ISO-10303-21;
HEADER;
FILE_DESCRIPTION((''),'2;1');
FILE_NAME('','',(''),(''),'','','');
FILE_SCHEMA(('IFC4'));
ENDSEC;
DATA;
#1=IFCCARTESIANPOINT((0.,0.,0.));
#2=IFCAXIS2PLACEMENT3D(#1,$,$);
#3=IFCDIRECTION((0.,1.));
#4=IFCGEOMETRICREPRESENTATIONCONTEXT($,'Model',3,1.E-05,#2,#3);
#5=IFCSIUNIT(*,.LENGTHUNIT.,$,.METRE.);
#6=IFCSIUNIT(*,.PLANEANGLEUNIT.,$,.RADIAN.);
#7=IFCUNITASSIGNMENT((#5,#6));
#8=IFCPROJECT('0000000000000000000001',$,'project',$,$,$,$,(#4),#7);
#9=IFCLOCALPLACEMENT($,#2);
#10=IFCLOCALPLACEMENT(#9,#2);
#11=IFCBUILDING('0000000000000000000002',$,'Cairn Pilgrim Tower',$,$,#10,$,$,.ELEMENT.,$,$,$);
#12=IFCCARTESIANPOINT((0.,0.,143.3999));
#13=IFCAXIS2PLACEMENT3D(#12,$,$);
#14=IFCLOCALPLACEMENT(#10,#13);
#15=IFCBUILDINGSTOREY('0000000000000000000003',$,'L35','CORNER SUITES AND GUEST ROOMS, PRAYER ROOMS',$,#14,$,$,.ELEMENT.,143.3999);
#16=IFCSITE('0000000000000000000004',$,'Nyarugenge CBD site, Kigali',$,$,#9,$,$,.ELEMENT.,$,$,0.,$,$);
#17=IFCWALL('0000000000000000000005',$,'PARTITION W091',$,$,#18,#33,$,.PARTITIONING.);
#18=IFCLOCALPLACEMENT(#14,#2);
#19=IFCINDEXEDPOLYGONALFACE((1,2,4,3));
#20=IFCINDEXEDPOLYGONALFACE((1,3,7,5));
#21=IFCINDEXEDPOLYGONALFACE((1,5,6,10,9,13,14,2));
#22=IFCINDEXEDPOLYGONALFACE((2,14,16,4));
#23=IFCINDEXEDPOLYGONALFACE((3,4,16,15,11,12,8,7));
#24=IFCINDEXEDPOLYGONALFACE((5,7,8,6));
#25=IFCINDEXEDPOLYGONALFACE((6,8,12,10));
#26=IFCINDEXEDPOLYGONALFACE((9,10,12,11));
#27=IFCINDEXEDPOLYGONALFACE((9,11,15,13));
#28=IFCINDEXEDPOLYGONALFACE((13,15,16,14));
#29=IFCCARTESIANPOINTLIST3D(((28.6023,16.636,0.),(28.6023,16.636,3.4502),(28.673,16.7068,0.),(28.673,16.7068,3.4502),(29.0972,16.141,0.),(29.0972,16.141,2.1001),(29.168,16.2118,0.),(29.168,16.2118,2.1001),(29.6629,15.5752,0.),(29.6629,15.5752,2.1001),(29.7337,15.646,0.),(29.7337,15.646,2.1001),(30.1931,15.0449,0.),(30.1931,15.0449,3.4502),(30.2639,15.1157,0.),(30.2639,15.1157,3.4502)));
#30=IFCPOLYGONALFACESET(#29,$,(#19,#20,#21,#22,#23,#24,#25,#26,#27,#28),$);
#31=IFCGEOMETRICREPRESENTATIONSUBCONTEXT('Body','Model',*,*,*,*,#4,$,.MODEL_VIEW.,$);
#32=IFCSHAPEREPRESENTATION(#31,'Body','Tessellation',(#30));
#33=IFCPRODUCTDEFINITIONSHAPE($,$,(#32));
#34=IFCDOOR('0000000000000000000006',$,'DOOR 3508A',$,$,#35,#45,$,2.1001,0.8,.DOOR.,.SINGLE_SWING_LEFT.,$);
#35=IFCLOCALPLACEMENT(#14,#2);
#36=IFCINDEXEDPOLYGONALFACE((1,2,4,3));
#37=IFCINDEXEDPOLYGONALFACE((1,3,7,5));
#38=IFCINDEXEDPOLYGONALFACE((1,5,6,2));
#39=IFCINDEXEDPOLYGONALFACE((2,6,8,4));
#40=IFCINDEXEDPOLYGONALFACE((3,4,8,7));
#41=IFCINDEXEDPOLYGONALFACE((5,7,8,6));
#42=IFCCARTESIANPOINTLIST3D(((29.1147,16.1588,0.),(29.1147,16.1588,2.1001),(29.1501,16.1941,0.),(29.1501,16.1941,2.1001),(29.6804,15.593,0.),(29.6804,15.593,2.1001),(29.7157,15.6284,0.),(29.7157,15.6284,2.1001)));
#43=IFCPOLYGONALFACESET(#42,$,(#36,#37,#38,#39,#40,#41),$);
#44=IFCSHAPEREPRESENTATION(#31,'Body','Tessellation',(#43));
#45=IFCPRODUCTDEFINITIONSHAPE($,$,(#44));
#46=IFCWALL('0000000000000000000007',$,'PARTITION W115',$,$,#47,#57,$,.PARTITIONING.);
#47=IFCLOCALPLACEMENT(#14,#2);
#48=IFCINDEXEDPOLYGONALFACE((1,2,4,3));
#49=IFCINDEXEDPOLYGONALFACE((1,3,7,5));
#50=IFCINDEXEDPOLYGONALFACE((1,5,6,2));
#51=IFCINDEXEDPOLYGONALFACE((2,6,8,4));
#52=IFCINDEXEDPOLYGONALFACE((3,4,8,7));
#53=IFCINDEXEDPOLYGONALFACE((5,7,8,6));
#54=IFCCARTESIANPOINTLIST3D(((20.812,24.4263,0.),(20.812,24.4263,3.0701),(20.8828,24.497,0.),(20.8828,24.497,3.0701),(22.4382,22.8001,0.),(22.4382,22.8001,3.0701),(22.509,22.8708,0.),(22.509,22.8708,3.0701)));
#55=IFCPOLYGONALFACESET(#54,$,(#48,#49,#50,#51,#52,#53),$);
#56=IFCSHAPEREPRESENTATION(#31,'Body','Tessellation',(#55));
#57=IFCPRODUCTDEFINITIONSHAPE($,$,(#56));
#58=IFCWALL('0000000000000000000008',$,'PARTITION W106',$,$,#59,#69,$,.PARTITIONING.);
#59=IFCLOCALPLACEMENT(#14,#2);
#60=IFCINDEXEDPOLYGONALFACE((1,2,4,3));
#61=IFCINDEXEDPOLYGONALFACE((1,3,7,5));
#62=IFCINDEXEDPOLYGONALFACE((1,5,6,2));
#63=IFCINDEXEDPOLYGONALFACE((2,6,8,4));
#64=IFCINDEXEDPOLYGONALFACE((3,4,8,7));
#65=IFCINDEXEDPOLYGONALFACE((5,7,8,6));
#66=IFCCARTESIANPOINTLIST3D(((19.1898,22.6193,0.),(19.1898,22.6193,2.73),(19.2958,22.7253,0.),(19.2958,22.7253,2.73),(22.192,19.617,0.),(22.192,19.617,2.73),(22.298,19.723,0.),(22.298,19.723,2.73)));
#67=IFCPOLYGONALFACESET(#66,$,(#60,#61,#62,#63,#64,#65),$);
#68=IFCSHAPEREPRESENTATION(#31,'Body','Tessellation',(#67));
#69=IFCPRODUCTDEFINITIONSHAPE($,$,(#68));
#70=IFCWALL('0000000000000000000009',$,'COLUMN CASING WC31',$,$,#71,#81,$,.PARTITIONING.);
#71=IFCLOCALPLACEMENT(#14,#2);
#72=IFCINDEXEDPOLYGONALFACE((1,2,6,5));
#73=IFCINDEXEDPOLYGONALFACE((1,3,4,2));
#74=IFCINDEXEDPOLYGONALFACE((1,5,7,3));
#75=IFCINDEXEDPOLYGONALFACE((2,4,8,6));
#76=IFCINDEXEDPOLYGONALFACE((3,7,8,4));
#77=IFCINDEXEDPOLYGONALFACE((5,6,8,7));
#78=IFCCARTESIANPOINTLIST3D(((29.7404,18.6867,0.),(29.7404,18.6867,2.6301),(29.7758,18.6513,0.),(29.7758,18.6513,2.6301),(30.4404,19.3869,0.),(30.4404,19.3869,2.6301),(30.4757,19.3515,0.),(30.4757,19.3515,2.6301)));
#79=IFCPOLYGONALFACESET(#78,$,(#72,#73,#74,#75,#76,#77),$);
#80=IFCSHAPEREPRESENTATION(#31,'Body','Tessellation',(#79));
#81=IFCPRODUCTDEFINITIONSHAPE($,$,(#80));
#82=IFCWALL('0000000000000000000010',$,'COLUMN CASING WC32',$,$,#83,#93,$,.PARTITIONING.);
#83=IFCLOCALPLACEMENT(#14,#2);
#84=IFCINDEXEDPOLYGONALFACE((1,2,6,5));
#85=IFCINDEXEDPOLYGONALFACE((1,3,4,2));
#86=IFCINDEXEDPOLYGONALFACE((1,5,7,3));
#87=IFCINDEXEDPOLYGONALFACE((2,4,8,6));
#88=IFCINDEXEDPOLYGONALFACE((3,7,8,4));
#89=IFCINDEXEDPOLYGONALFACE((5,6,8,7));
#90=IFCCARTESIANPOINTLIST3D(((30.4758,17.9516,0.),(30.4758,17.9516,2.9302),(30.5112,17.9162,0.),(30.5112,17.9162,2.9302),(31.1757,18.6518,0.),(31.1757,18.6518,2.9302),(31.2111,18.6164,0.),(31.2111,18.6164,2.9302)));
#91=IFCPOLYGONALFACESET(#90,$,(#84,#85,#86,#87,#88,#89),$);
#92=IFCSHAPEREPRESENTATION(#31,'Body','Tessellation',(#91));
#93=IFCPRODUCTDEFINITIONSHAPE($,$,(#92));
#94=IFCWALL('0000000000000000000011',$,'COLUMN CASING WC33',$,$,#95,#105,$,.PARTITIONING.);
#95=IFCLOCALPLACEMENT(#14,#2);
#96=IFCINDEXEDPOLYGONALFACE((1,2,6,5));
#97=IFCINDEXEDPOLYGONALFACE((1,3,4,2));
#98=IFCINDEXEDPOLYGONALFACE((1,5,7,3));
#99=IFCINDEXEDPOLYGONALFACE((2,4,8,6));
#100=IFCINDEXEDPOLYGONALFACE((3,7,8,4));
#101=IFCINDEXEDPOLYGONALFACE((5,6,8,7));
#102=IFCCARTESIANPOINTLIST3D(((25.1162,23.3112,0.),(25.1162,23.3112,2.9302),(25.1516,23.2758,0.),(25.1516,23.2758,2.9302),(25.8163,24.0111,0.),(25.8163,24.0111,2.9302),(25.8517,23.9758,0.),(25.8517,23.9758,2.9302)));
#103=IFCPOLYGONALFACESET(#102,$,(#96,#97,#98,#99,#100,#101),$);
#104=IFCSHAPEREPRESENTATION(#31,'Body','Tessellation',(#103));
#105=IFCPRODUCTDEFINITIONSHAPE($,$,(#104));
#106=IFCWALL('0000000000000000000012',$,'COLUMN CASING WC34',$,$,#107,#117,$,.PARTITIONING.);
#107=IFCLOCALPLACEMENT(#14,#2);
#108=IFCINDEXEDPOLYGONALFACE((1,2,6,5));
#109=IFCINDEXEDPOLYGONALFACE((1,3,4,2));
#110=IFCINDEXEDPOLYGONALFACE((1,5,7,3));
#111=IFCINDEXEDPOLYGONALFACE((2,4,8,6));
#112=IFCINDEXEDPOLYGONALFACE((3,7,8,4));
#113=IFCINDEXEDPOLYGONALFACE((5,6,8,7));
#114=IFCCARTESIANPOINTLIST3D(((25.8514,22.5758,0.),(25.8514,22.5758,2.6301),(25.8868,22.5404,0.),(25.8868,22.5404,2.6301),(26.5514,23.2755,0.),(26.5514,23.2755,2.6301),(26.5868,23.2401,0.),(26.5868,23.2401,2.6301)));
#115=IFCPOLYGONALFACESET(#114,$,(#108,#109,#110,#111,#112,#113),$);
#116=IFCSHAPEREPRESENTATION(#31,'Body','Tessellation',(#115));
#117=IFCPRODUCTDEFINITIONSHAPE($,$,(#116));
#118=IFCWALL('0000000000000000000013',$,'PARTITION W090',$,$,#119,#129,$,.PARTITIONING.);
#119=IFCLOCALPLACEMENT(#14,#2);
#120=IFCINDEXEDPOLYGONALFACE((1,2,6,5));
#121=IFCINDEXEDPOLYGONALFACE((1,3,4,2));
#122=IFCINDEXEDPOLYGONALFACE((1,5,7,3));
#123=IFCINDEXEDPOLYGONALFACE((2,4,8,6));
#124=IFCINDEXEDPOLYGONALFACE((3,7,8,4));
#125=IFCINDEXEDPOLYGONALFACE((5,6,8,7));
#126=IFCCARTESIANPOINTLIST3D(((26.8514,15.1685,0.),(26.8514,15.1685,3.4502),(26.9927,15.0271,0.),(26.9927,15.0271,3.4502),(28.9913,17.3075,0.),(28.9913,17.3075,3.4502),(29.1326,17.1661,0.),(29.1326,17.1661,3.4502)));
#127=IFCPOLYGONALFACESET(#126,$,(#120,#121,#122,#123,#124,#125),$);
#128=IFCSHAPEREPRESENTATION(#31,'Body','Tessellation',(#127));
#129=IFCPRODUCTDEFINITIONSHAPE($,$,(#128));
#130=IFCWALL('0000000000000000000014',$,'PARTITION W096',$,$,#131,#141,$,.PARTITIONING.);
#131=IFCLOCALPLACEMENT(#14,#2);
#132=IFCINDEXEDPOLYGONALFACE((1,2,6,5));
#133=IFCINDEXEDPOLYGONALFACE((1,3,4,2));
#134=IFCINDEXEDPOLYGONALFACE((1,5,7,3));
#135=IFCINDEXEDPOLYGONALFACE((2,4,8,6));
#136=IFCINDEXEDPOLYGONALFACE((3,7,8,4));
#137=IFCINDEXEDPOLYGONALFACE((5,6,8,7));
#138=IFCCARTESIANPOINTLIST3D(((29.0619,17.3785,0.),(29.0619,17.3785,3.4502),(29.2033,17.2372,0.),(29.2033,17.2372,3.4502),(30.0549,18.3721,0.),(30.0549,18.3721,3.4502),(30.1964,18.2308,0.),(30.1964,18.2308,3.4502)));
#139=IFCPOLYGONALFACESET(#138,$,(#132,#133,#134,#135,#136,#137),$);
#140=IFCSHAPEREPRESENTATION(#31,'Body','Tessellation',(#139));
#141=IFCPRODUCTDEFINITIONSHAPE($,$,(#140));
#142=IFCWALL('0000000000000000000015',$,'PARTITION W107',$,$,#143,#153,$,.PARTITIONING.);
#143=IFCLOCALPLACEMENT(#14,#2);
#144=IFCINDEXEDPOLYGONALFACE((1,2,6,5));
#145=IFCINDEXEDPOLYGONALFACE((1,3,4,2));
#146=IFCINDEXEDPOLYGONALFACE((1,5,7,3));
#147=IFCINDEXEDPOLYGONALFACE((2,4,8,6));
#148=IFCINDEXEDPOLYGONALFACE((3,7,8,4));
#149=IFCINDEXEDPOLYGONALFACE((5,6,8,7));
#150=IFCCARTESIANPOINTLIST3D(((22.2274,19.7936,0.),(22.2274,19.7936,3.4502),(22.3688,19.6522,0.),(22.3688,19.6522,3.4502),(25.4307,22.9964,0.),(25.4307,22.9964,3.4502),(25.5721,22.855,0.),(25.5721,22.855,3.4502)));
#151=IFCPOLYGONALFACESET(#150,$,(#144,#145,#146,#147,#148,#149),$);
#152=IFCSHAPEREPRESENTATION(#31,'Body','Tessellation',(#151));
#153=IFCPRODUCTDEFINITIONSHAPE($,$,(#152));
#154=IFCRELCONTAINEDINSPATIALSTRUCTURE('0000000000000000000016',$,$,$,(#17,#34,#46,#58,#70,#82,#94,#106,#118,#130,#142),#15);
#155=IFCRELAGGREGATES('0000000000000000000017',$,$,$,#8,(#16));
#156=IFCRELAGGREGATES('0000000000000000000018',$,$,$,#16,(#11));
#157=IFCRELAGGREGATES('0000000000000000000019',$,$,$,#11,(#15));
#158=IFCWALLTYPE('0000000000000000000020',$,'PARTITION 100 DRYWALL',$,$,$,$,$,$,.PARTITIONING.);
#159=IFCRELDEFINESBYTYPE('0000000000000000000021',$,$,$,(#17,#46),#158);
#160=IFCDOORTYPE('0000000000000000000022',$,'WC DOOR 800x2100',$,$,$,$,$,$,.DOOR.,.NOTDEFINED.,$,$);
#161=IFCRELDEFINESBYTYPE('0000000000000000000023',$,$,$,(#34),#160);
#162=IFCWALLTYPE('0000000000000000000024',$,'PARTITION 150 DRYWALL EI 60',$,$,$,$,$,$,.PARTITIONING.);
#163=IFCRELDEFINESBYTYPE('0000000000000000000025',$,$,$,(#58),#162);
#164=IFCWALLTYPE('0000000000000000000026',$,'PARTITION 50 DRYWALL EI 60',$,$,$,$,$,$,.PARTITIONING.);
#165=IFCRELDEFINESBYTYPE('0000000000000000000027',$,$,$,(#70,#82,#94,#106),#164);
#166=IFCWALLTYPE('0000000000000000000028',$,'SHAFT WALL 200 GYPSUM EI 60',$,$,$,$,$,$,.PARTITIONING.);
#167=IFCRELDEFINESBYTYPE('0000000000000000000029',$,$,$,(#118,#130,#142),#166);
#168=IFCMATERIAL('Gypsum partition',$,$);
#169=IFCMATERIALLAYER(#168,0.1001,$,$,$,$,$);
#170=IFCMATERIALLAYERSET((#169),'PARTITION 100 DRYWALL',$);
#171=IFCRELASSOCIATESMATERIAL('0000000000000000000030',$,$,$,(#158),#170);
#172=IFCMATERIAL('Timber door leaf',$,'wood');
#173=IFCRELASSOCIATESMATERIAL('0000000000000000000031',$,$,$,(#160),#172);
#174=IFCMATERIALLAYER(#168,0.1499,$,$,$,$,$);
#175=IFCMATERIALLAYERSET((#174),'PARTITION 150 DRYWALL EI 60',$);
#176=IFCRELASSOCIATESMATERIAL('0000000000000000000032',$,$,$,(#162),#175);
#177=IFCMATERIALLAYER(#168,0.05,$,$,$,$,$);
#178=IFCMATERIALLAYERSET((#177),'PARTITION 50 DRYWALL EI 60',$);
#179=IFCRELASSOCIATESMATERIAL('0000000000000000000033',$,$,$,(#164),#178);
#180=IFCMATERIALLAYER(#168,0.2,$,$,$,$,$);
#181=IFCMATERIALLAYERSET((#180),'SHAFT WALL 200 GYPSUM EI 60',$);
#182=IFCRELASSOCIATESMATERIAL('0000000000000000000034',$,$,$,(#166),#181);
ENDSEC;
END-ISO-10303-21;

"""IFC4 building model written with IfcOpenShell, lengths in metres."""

from ifc_helpers import new_model, si_unit, direction, frame, frame_2d, origin, place, context, subcontext, project, spatial, rectangle, extrude, material, layer, layer_set, type_object, element, fill, save


model = new_model("IFC4")

# Units and contexts
model_context = context("Model", 3, precision=1e-05, world=origin(), true_north=direction((0.0, 1.0)))
body_context = subcontext(model_context, "Body", "Model", "MODEL_VIEW")
ifc_project = project(units=[si_unit("LENGTHUNIT", "METRE"), si_unit("PLANEANGLEUNIT", "RADIAN")], contexts=[model_context])

# Site, building, storey
site_placement = place(None, origin())
site = spatial("IfcSite", under=ifc_project, at=site_placement, Name="Nyarugenge CBD site, Kigali", CompositionType="ELEMENT", RefElevation=0.0)
building_placement = place(site_placement, origin())
building = spatial("IfcBuilding", under=site, at=building_placement, Name="Cairn Pilgrim Tower", CompositionType="ELEMENT")
storey_placement = place(building_placement, frame((0.0, 0.0, 143.3999)))
storey = spatial("IfcBuildingStorey", under=building, at=storey_placement, Name="L35", Description="CORNER SUITES AND GUEST ROOMS, PRAYER ROOMS", CompositionType="ELEMENT", Elevation=143.3999)

# Wall, opening, door
ifc_material_1 = material(Name="Gypsum partition")
ifc_layer_1 = layer(ifc_material_1, 0.1001)
ifc_layer_set_1 = layer_set([ifc_layer_1], Name="PARTITION 100 DRYWALL")
wall_type_1 = type_object("IfcWallType", Name="PARTITION 100 DRYWALL", PredefinedType="PARTITIONING", material=ifc_layer_set_1)
wall_1_placement = place(storey_placement, frame((30.2285, 15.0803, 0.0), z_axis=(0.0, 0.0, 1.0), x_axis=(-0.707053, 0.707161, 0.0)))
wall_1 = element("IfcWall", 1, at=wall_1_placement, inside=storey, type_object=wall_type_1, Name="PARTITION W091", PredefinedType="PARTITIONING", context=body_context, shape_type="SweptSolid", body=[
    extrude(rectangle(XDim=2.25, YDim=0.1001, at=frame_2d((1.125, 0.0))), origin(), (0.0, 0.0, 1.0), 3.4502),
])
opening_placement = place(wall_1_placement, frame((0.75, 0.0, 0.0)))
opening = element("IfcOpeningElement", 2, at=opening_placement, cuts=wall_1, PredefinedType="OPENING", context=body_context, shape_type="SweptSolid", body=[
    extrude(rectangle(XDim=0.8, YDim=2.1001, at=frame_2d((0.3999, 1.05))), frame((0.0, 0.0601, 0.0), z_axis=(0.0, -1.0, 0.0), x_axis=(1.0, 0.0, 0.0)), (0.0, 0.0, 1.0), 0.1201),
])
ifc_material_2 = material(Name="Timber door leaf", Category="wood")
door_type = type_object("IfcDoorType", Name="WC DOOR 800x2100", OperationType="NOTDEFINED", PredefinedType="DOOR", material=ifc_material_2)
door_placement = place(opening_placement, frame((0.8, 0.0, 0.0), z_axis=(0.0, 0.0, 1.0), x_axis=(-1.0, 0.0, 0.0)))
door = element("IfcDoor", 3, at=door_placement, inside=storey, type_object=door_type, Name="DOOR 3508A", OperationType="SINGLE_SWING_LEFT", OverallHeight=2.1001, OverallWidth=0.8, PredefinedType="DOOR", context=body_context, shape_type="SweptSolid", body=[
    extrude(rectangle(XDim=0.8, YDim=2.1001, at=frame_2d((0.3999, 1.05))), frame((0.0, 0.0249, 0.0), z_axis=(0.0, -1.0, 0.0), x_axis=(1.0, 0.0, 0.0)), (0.0, 0.0, 1.0), 0.05),
])
fill(opening, door)

# Walls
wall_2_placement = place(storey_placement, frame((22.4736, 22.8354, 0.0), z_axis=(0.0, 0.0, 1.0), x_axis=(-0.707107, 0.707107, 0.0)))
element("IfcWall", 4, at=wall_2_placement, inside=storey, type_object=wall_type_1, Name="PARTITION W115", PredefinedType="PARTITIONING", context=body_context, shape_type="SweptSolid", body=[
    extrude(rectangle(XDim=2.2998, YDim=0.1001, at=frame_2d((1.1499, 0.0))), origin(), (0.0, 0.0, 1.0), 3.0701),
])
ifc_layer_2 = layer(ifc_material_1, 0.1499)
ifc_layer_set_2 = layer_set([ifc_layer_2], Name="PARTITION 150 DRYWALL EI 60")
wall_type_2 = type_object("IfcWallType", Name="PARTITION 150 DRYWALL EI 60", PredefinedType="PARTITIONING", material=ifc_layer_set_2)
wall_3_placement = place(storey_placement, frame((22.2451, 19.6699, 0.0), z_axis=(0.0, 0.0, 1.0), x_axis=(-0.707107, 0.707107, 0.0)))
element("IfcWall", 5, at=wall_3_placement, inside=storey, type_object=wall_type_2, Name="PARTITION W106", PredefinedType="PARTITIONING", context=body_context, shape_type="SweptSolid", body=[
    extrude(rectangle(XDim=4.2458, YDim=0.1499, at=frame_2d((2.123, 0.0))), origin(), (0.0, 0.0, 1.0), 2.73),
])
ifc_layer_3 = layer(ifc_material_1, 0.05)
ifc_layer_set_3 = layer_set([ifc_layer_3], Name="PARTITION 50 DRYWALL EI 60")
wall_type_3 = type_object("IfcWallType", Name="PARTITION 50 DRYWALL EI 60", PredefinedType="PARTITIONING", material=ifc_layer_set_3)
wall_4_placement = place(storey_placement, frame((29.7581, 18.6689, 0.0), z_axis=(0.0, 0.0, 1.0), x_axis=(0.706983, 0.70723, 0.0)))
element("IfcWall", 6, at=wall_4_placement, inside=storey, type_object=wall_type_3, Name="COLUMN CASING WC31", PredefinedType="PARTITIONING", context=body_context, shape_type="SweptSolid", body=[
    extrude(rectangle(XDim=0.99, YDim=0.05, at=frame_2d((0.4951, 0.0))), origin(), (0.0, 0.0, 1.0), 2.6301),
])
for number, where, z_axis, x_axis, name in (
    (7, (30.4934, 17.9338, 0.0), (0.0, 0.0, 1.0), (0.706983, 0.70723, 0.0), "COLUMN CASING WC32"),
    (8, (25.1338, 23.2935, 0.0), (0.0, 0.0, 1.0), (0.70723, 0.706983, 0.0), "COLUMN CASING WC33"),
):
    element("IfcWall", number, at=place(storey_placement, frame(where, z_axis=z_axis, x_axis=x_axis)), inside=storey, type_object=wall_type_3, Name=name, PredefinedType="PARTITIONING", context=body_context, shape_type="SweptSolid", body=[
        extrude(rectangle(XDim=0.99, YDim=0.05, at=frame_2d((0.4951, 0.0))), origin(), (0.0, 0.0, 1.0), 2.9302),
    ])
wall_5_placement = place(storey_placement, frame((25.8691, 22.5581, 0.0), z_axis=(0.0, 0.0, 1.0), x_axis=(0.70723, 0.706983, 0.0)))
element("IfcWall", 9, at=wall_5_placement, inside=storey, type_object=wall_type_3, Name="COLUMN CASING WC34", PredefinedType="PARTITIONING", context=body_context, shape_type="SweptSolid", body=[
    extrude(rectangle(XDim=0.9897, YDim=0.05, at=frame_2d((0.4949, 0.0))), origin(), (0.0, 0.0, 1.0), 2.6301),
])
ifc_layer_4 = layer(ifc_material_1, 0.2)
ifc_layer_set_4 = layer_set([ifc_layer_4], Name="SHAFT WALL 200 GYPSUM EI 60")
wall_type_4 = type_object("IfcWallType", Name="SHAFT WALL 200 GYPSUM EI 60", PredefinedType="PARTITIONING", material=ifc_layer_set_4)
wall_6_placement = place(storey_placement, frame((26.9221, 15.0979, 0.0), z_axis=(0.0, 0.0, 1.0), x_axis=(0.707268, 0.706945, 0.0)))
element("IfcWall", 10, at=wall_6_placement, inside=storey, type_object=wall_type_4, Name="PARTITION W090", PredefinedType="PARTITIONING", context=body_context, shape_type="SweptSolid", body=[
    extrude(rectangle(XDim=3.0256, YDim=0.2, at=frame_2d((1.5127, 0.0))), origin(), (0.0, 0.0, 1.0), 3.4502),
])
wall_7_placement = place(storey_placement, frame((29.1326, 17.3079, 0.0), z_axis=(0.0, 0.0, 1.0), x_axis=(0.706933, 0.707281, 0.0)))
element("IfcWall", 11, at=wall_7_placement, inside=storey, type_object=wall_type_4, Name="PARTITION W096", PredefinedType="PARTITIONING", context=body_context, shape_type="SweptSolid", body=[
    extrude(rectangle(XDim=1.4048, YDim=0.2, at=frame_2d((0.7024, 0.0))), origin(), (0.0, 0.0, 1.0), 3.4502),
])
wall_8_placement = place(storey_placement, frame((22.2981, 19.7229, 0.0), z_axis=(0.0, 0.0, 1.0), x_axis=(0.707161, 0.707053, 0.0)))
element("IfcWall", 12, at=wall_8_placement, inside=storey, type_object=wall_type_4, Name="PARTITION W107", PredefinedType="PARTITIONING", context=body_context, shape_type="SweptSolid", body=[
    extrude(rectangle(XDim=4.5298, YDim=0.2, at=frame_2d((2.2649, 0.0))), origin(), (0.0, 0.0, 1.0), 3.4502),
])

save(model, "model.ifc")
